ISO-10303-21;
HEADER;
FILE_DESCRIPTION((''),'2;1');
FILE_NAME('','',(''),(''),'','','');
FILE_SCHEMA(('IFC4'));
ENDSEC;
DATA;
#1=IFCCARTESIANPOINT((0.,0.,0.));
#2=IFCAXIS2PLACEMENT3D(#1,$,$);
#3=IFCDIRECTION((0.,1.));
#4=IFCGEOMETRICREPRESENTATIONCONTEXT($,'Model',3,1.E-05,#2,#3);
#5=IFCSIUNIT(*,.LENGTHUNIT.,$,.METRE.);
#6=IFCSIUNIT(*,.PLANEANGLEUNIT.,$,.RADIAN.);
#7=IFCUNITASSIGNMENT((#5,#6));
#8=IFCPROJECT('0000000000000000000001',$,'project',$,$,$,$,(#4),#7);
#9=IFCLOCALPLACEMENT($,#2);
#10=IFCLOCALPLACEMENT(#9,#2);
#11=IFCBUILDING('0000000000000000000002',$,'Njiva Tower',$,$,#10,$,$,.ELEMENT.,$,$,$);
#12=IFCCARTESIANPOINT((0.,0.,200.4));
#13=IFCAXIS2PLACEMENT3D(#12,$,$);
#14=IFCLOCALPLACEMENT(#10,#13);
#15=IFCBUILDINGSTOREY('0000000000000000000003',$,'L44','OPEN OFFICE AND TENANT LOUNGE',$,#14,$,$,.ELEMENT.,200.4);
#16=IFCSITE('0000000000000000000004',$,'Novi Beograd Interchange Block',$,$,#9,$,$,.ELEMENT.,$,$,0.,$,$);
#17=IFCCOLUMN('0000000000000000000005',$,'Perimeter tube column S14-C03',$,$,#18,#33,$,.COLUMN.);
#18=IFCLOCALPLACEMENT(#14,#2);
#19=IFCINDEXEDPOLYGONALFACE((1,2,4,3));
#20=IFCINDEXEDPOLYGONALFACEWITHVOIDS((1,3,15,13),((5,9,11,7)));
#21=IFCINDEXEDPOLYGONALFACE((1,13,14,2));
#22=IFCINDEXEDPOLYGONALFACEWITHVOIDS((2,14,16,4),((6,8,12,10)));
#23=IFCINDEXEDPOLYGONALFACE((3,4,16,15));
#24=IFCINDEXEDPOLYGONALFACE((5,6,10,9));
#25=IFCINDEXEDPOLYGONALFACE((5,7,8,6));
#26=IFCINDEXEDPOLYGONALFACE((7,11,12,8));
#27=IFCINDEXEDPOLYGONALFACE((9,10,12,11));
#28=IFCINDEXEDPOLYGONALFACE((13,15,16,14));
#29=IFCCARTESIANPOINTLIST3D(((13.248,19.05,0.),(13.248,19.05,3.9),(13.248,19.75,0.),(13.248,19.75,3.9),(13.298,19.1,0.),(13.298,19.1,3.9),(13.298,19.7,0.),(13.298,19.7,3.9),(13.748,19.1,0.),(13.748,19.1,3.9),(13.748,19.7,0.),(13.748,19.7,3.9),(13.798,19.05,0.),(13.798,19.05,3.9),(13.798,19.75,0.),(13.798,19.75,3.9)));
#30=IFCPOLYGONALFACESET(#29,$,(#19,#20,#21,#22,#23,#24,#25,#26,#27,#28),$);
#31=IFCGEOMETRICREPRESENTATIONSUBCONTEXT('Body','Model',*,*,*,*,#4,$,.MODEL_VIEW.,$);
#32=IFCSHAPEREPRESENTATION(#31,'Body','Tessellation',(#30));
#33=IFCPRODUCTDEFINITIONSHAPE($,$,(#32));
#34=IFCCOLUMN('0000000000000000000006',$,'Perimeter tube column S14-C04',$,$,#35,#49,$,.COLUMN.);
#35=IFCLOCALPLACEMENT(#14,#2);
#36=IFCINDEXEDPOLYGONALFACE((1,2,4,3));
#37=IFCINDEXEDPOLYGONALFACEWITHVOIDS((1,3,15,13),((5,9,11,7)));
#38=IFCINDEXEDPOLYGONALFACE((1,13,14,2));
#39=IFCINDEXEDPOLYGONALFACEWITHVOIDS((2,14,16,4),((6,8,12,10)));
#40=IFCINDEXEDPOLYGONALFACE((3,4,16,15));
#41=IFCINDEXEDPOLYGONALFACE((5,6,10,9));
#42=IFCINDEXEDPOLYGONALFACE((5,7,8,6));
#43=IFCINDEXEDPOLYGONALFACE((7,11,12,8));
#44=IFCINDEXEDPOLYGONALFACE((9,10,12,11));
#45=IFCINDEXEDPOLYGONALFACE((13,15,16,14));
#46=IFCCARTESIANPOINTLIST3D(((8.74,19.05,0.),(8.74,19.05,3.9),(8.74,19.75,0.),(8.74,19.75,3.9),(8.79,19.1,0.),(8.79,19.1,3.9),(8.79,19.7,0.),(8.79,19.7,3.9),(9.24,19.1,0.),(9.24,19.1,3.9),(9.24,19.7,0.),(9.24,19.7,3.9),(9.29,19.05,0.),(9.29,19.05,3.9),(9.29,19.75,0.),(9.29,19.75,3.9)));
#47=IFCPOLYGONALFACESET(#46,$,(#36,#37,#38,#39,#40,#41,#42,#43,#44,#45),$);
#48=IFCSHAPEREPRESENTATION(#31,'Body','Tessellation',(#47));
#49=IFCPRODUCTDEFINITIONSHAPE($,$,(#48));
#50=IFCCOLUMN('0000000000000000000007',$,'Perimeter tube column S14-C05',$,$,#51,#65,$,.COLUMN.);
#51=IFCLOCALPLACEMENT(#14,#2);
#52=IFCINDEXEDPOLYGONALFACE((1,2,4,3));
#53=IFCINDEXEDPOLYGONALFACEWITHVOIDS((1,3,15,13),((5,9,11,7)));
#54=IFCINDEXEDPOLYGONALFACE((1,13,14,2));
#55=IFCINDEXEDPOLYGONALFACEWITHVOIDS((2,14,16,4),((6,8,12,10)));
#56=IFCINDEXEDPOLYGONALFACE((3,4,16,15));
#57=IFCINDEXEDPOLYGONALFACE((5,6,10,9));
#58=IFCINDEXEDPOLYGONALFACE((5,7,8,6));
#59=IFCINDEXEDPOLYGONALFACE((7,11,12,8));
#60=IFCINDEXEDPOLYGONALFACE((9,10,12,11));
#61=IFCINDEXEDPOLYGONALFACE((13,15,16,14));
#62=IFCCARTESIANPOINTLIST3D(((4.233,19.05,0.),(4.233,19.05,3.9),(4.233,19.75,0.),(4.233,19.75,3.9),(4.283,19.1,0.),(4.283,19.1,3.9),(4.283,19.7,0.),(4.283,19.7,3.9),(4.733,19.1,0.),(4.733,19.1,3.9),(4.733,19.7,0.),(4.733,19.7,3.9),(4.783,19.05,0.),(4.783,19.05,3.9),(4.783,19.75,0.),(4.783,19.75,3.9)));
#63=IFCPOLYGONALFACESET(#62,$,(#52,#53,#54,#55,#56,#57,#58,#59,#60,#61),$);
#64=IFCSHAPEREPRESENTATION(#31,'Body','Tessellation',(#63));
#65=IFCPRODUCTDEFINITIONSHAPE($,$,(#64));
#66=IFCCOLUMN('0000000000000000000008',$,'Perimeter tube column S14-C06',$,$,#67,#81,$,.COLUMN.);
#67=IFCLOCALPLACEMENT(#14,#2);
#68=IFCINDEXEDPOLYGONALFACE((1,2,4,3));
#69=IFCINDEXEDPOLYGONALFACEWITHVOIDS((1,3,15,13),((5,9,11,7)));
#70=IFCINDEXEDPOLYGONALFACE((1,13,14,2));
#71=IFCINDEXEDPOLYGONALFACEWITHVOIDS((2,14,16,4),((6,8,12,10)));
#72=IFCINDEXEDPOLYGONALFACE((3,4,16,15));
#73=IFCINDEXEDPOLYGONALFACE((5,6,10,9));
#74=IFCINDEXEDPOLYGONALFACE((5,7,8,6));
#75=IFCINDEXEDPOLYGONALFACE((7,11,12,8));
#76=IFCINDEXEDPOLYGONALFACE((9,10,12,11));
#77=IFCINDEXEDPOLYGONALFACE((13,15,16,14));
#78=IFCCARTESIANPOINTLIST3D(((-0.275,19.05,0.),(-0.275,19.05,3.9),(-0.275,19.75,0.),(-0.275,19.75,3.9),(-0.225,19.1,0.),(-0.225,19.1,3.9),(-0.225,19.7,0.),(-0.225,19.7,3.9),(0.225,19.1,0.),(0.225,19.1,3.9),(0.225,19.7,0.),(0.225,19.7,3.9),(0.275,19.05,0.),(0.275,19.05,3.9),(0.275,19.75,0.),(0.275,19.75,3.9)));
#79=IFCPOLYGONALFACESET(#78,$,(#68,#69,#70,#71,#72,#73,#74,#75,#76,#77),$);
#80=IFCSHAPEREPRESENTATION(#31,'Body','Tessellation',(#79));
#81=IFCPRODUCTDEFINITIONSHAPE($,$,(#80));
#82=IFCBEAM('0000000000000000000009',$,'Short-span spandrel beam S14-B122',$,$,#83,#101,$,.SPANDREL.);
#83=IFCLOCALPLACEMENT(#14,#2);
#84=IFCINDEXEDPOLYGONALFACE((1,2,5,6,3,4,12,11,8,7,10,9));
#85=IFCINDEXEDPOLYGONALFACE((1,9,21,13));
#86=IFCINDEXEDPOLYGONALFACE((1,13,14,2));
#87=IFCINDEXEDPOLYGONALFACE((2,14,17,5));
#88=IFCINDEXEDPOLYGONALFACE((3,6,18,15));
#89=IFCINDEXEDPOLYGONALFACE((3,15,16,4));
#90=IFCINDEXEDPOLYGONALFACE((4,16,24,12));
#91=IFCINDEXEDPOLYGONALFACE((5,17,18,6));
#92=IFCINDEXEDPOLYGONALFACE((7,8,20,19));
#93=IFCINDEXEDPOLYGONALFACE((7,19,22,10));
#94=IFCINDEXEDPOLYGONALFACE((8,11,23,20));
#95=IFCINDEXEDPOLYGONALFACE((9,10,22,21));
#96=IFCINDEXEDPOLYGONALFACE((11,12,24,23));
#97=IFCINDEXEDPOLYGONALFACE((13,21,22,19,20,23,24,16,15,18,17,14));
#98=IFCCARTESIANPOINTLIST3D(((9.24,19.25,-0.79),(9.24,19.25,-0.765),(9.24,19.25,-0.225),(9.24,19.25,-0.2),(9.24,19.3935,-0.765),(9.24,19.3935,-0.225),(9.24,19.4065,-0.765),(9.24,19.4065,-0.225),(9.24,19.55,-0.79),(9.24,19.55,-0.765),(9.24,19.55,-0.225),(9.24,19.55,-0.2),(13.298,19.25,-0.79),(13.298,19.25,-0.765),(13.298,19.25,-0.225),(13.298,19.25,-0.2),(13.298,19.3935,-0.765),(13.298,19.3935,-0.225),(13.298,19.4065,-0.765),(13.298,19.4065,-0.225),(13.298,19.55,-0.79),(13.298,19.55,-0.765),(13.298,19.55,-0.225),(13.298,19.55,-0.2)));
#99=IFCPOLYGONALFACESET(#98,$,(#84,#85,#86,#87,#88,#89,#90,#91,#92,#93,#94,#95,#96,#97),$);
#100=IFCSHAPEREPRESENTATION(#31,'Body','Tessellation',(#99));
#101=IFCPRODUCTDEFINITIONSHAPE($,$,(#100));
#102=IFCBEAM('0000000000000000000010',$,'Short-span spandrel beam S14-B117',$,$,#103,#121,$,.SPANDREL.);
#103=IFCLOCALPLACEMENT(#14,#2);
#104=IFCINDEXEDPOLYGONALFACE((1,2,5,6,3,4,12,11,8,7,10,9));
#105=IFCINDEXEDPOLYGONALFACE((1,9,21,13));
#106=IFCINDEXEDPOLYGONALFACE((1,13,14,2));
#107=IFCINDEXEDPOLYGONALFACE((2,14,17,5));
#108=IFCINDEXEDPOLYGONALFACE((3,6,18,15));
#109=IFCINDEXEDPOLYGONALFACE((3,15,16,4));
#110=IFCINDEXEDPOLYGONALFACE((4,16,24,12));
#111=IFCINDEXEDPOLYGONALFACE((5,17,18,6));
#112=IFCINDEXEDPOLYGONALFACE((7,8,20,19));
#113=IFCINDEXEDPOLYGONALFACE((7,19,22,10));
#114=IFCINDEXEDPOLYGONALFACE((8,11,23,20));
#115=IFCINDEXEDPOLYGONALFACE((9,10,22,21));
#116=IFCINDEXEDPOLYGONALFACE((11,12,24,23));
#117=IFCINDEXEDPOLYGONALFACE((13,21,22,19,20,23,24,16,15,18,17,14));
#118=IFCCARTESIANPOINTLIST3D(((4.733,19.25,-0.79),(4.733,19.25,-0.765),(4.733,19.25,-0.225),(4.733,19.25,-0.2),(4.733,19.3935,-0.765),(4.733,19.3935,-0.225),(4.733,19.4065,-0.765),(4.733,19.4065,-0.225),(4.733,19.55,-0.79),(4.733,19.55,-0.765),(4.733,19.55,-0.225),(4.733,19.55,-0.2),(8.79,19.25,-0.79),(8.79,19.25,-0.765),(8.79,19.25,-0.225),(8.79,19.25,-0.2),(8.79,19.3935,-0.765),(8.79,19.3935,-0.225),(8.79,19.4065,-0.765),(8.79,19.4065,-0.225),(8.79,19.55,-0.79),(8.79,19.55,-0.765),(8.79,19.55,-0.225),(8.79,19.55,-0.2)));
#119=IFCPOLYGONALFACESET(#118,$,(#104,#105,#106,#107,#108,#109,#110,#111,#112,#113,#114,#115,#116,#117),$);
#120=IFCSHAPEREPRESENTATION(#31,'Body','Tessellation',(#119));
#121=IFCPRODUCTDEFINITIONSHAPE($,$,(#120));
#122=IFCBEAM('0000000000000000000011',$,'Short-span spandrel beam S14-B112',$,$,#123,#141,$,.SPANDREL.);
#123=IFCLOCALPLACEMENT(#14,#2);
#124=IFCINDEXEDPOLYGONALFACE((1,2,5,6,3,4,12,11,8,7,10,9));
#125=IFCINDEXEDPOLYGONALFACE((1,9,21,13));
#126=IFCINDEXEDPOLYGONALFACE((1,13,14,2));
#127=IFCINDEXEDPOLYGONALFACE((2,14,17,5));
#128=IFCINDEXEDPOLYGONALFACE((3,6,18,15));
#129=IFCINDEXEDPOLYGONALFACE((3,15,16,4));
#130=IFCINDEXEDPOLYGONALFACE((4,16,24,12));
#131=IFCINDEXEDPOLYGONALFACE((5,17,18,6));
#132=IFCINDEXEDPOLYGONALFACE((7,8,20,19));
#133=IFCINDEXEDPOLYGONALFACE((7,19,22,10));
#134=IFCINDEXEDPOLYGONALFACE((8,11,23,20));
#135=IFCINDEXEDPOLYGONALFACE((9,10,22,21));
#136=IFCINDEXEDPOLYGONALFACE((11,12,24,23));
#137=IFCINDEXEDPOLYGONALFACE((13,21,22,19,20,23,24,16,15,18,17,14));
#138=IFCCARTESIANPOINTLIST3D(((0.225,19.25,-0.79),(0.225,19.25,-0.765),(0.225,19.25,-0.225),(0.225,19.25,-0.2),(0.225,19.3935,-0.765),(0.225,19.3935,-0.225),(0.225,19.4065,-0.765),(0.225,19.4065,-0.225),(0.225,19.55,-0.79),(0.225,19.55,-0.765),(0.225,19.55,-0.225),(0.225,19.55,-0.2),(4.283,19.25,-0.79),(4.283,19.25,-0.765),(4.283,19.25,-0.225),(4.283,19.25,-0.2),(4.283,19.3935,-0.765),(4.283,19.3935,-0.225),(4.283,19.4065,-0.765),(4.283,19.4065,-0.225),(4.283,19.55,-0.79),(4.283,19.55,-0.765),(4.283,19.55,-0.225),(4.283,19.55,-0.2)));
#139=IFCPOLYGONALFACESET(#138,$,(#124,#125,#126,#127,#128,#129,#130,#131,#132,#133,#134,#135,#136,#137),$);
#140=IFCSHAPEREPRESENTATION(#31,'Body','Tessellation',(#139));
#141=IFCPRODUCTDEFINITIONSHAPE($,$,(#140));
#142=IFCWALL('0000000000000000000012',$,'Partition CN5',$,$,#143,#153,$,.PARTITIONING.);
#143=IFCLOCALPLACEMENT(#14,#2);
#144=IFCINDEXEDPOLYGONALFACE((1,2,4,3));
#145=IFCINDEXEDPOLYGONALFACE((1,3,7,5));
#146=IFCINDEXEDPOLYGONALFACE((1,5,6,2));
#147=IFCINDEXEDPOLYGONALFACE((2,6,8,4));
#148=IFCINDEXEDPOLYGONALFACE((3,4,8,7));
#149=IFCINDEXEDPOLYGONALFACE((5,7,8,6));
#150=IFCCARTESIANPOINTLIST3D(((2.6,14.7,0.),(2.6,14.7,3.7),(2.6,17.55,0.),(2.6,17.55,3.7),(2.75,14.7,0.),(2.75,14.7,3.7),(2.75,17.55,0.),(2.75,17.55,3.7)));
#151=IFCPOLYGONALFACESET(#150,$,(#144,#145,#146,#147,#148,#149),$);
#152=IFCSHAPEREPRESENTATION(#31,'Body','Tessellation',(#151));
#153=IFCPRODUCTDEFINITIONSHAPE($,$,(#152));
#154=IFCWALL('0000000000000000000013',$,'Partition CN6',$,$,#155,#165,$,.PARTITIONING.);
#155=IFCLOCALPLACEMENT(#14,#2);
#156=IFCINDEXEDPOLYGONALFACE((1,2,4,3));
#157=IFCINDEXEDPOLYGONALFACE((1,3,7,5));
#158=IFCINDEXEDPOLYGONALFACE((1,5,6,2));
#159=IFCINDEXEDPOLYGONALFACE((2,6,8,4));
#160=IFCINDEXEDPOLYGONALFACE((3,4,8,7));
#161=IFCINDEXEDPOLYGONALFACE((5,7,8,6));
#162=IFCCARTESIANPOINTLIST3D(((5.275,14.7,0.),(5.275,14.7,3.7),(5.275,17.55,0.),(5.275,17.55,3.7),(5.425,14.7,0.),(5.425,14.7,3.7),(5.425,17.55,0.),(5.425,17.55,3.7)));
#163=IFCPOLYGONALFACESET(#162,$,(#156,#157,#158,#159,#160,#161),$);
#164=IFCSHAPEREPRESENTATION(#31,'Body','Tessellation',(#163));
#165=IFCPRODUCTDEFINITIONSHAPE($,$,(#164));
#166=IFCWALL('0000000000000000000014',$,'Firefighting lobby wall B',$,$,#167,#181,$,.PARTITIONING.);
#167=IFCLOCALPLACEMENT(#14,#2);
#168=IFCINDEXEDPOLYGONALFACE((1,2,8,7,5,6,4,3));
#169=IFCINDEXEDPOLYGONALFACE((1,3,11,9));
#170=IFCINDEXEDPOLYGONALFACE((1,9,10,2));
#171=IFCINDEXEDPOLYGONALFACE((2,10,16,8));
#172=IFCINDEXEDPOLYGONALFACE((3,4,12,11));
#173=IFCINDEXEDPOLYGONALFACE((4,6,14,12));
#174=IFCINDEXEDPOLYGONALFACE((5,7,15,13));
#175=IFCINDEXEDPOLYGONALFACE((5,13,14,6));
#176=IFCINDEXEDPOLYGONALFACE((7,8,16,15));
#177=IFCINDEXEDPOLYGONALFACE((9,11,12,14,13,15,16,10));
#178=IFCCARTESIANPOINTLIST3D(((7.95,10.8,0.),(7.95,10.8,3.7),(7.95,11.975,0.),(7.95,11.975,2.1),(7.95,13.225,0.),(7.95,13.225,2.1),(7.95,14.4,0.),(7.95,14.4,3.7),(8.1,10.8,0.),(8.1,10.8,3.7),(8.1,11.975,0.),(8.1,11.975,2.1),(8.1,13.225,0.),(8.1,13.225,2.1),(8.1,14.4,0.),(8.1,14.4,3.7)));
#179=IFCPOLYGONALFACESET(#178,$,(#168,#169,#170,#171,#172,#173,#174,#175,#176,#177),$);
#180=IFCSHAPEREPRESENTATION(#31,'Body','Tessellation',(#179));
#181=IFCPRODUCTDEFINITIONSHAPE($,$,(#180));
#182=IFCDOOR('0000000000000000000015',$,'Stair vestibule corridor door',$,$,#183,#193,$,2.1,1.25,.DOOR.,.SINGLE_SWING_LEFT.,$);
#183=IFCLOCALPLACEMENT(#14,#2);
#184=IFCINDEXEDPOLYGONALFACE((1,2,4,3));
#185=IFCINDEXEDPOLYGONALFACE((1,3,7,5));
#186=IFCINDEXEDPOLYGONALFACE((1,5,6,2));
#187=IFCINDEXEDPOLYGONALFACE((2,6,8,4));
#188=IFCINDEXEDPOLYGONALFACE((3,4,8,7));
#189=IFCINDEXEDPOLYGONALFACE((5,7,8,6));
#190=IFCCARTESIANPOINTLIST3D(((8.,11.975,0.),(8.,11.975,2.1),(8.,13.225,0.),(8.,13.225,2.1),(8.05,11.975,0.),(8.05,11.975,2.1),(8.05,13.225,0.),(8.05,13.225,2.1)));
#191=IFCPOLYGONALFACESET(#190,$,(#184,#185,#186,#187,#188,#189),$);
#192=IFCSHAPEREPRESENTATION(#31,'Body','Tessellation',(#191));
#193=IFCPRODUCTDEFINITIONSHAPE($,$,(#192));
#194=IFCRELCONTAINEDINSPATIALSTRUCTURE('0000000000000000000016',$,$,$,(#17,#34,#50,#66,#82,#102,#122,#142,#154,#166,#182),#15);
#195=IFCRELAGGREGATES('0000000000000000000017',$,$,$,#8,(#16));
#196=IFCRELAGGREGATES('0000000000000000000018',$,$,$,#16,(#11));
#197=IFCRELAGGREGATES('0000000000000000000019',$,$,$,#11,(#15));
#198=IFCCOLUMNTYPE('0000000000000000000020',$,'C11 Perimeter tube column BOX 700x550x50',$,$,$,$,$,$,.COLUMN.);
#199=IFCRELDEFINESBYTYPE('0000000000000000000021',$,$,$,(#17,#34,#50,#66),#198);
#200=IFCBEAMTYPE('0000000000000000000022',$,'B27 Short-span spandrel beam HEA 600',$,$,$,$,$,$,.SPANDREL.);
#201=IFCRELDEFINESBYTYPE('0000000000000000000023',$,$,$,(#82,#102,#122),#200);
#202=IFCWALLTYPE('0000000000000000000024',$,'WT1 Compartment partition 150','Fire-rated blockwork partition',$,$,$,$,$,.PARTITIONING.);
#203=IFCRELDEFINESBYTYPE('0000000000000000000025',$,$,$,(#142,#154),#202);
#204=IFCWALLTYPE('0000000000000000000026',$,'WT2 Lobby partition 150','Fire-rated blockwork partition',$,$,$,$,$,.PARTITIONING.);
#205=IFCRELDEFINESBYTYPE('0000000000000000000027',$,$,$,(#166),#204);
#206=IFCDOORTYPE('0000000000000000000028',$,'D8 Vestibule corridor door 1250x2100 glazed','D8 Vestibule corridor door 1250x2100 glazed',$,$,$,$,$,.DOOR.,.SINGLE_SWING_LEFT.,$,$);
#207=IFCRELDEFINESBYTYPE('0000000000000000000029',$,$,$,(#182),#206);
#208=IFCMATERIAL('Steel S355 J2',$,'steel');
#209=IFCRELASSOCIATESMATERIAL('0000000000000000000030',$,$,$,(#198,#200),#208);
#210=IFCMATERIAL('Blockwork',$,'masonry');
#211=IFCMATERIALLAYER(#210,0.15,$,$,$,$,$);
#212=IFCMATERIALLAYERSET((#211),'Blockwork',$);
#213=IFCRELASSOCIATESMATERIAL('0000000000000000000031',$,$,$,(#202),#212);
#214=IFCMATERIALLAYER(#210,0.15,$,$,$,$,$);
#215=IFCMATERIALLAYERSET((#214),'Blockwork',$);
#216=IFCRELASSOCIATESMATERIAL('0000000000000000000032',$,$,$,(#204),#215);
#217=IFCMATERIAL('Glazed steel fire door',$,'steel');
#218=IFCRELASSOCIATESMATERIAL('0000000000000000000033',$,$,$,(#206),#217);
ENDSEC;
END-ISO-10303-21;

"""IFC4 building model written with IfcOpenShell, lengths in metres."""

from ifc_helpers import new_model, si_unit, direction, frame, frame_2d, origin, origin_2d, place, context, subcontext, project, spatial, rectangle, hollow_rectangle, i_section, extrude, material, layer, layer_set, material_profile, profile_set, type_object, element, fill, save


model = new_model("IFC4")

# Units and contexts
model_context = context("Model", 3, precision=1e-05, world=origin(), true_north=direction((0.0, 1.0)))
body_context = subcontext(model_context, "Body", "Model", "MODEL_VIEW")
ifc_project = project(units=[si_unit("LENGTHUNIT", "METRE"), si_unit("PLANEANGLEUNIT", "RADIAN")], contexts=[model_context])

# Site, building, storey
site_placement = place(None, origin())
site = spatial("IfcSite", under=ifc_project, at=site_placement, Name="Novi Beograd Interchange Block", CompositionType="ELEMENT", RefElevation=0.0)
building_placement = place(site_placement, origin())
building = spatial("IfcBuilding", under=site, at=building_placement, Name="Njiva Tower", CompositionType="ELEMENT")
storey_placement = place(building_placement, frame((0.0, 0.0, 200.4)))
storey = spatial("IfcBuildingStorey", under=building, at=storey_placement, Name="L44", Description="OPEN OFFICE AND TENANT LOUNGE", CompositionType="ELEMENT", Elevation=200.4)

# Columns
ifc_material_1 = material(Name="Steel S355 J2", Category="steel")
ifc_material_profile_1 = material_profile(ifc_material_1, hollow_rectangle(XDim=0.55, YDim=0.7, WallThickness=0.05, at=origin_2d()), Name="BOX 700x550x50")
ifc_profile_set_1 = profile_set([ifc_material_profile_1], Name="Steel S355 J2")
column_type = type_object("IfcColumnType", Name="C11 Perimeter tube column BOX 700x550x50", PredefinedType="COLUMN", material=ifc_profile_set_1)
for number, where, z_axis, x_axis, name in (
    (1, (13.523, 19.4, 0.0), (0.0, 0.0, 1.0), (-1.0, 0.0, 0.0), "Perimeter tube column S14-C03"),
    (2, (9.015, 19.4, 0.0), (0.0, 0.0, 1.0), (-1.0, 0.0, 0.0), "Perimeter tube column S14-C04"),
    (3, (4.508, 19.4, 0.0), (0.0, 0.0, 1.0), (-1.0, 0.0, 0.0), "Perimeter tube column S14-C05"),
    (4, (0.0, 19.4, 0.0), (0.0, 0.0, 1.0), (-1.0, 0.0, 0.0), "Perimeter tube column S14-C06"),
):
    element("IfcColumn", number, at=place(storey_placement, frame(where, z_axis=z_axis, x_axis=x_axis)), inside=storey, type_object=column_type, Name=name, PredefinedType="COLUMN", context=body_context, shape_type="SweptSolid", body=[
        extrude(hollow_rectangle(XDim=0.55, YDim=0.7, WallThickness=0.05, at=origin_2d()), origin(), (0.0, 0.0, 1.0), 3.9),
    ])

# Beams
ifc_material_profile_2 = material_profile(ifc_material_1, i_section(OverallWidth=0.3, OverallDepth=0.59, WebThickness=0.013, FlangeThickness=0.025, at=origin_2d()), Name="HEA 600")
ifc_profile_set_2 = profile_set([ifc_material_profile_2], Name="Steel S355 J2")
beam_type = type_object("IfcBeamType", Name="B27 Short-span spandrel beam HEA 600", PredefinedType="SPANDREL", material=ifc_profile_set_2)
beam_1_placement = place(storey_placement, frame((13.298, 19.4, -0.495), z_axis=(-1.0, 0.0, 0.0), x_axis=(0.0, -1.0, 0.0)))
element("IfcBeam", 5, at=beam_1_placement, inside=storey, type_object=beam_type, Name="Short-span spandrel beam S14-B122", PredefinedType="SPANDREL", context=body_context, shape_type="SweptSolid", body=[
    extrude(i_section(OverallWidth=0.3, OverallDepth=0.59, WebThickness=0.013, FlangeThickness=0.025, at=origin_2d()), origin(), (0.0, 0.0, 1.0), 4.058),
])
beam_2_placement = place(storey_placement, frame((8.79, 19.4, -0.495), z_axis=(-1.0, 0.0, 0.0), x_axis=(0.0, -1.0, 0.0)))
element("IfcBeam", 6, at=beam_2_placement, inside=storey, type_object=beam_type, Name="Short-span spandrel beam S14-B117", PredefinedType="SPANDREL", context=body_context, shape_type="SweptSolid", body=[
    extrude(i_section(OverallWidth=0.3, OverallDepth=0.59, WebThickness=0.013, FlangeThickness=0.025, at=origin_2d()), origin(), (0.0, 0.0, 1.0), 4.057),
])
beam_3_placement = place(storey_placement, frame((4.283, 19.4, -0.495), z_axis=(-1.0, 0.0, 0.0), x_axis=(0.0, -1.0, 0.0)))
element("IfcBeam", 7, at=beam_3_placement, inside=storey, type_object=beam_type, Name="Short-span spandrel beam S14-B112", PredefinedType="SPANDREL", context=body_context, shape_type="SweptSolid", body=[
    extrude(i_section(OverallWidth=0.3, OverallDepth=0.59, WebThickness=0.013, FlangeThickness=0.025, at=origin_2d()), origin(), (0.0, 0.0, 1.0), 4.058),
])

# Walls
ifc_material_2 = material(Name="Blockwork", Category="masonry")
ifc_layer_1 = layer(ifc_material_2, 0.15)
ifc_layer_set_1 = layer_set([ifc_layer_1], Name="Blockwork")
wall_type_1 = type_object("IfcWallType", Name="WT1 Compartment partition 150", Description="Fire-rated blockwork partition", PredefinedType="PARTITIONING", material=ifc_layer_set_1)
for number, where, z_axis, x_axis, name in (
    (8, (2.675, 14.7, 0.0), (0.0, 0.0, 1.0), (0.0, 1.0, 0.0), "Partition CN5"),
    (9, (5.35, 14.7, 0.0), (0.0, 0.0, 1.0), (0.0, 1.0, 0.0), "Partition CN6"),
):
    element("IfcWall", number, at=place(storey_placement, frame(where, z_axis=z_axis, x_axis=x_axis)), inside=storey, type_object=wall_type_1, Name=name, PredefinedType="PARTITIONING", context=body_context, shape_type="SweptSolid", body=[
        extrude(rectangle(XDim=2.85, YDim=0.15, at=frame_2d((1.425, 0.0))), origin(), (0.0, 0.0, 1.0), 3.7),
    ])

# Wall, opening, door
ifc_layer_2 = layer(ifc_material_2, 0.15)
ifc_layer_set_2 = layer_set([ifc_layer_2], Name="Blockwork")
wall_type_2 = type_object("IfcWallType", Name="WT2 Lobby partition 150", Description="Fire-rated blockwork partition", PredefinedType="PARTITIONING", material=ifc_layer_set_2)
wall_placement = place(storey_placement, frame((8.025, 10.8, 0.0), z_axis=(0.0, 0.0, 1.0), x_axis=(0.0, 1.0, 0.0)))
wall = element("IfcWall", 10, at=wall_placement, inside=storey, type_object=wall_type_2, Name="Firefighting lobby wall B", PredefinedType="PARTITIONING", context=body_context, shape_type="SweptSolid", body=[
    extrude(rectangle(XDim=3.6, YDim=0.15, at=frame_2d((1.8, 0.0))), origin(), (0.0, 0.0, 1.0), 3.7),
])
opening_placement = place(wall_placement, frame((1.175, 0.0, 0.0)))
opening = element("IfcOpeningElement", 11, at=opening_placement, cuts=wall, PredefinedType="OPENING", context=body_context, shape_type="SweptSolid", body=[
    extrude(rectangle(XDim=1.25, YDim=2.1, at=frame_2d((0.625, 1.05))), frame((0.0, 0.085, 0.0), z_axis=(0.0, -1.0, 0.0), x_axis=(1.0, 0.0, 0.0)), (0.0, 0.0, 1.0), 0.17),
])
ifc_material_3 = material(Name="Glazed steel fire door", Category="steel")
door_type = type_object("IfcDoorType", Name="D8 Vestibule corridor door 1250x2100 glazed", Description="D8 Vestibule corridor door 1250x2100 glazed", OperationType="SINGLE_SWING_LEFT", PredefinedType="DOOR", material=ifc_material_3)
door_placement = place(opening_placement, origin())
door = element("IfcDoor", 12, at=door_placement, inside=storey, type_object=door_type, Name="Stair vestibule corridor door", OperationType="SINGLE_SWING_LEFT", OverallHeight=2.1, OverallWidth=1.25, PredefinedType="DOOR", context=body_context, shape_type="SweptSolid", body=[
    extrude(rectangle(XDim=1.25, YDim=2.1, at=frame_2d((0.625, 1.05))), frame((0.0, 0.025, 0.0), z_axis=(0.0, -1.0, 0.0), x_axis=(1.0, 0.0, 0.0)), (0.0, 0.0, 1.0), 0.05),
])
fill(opening, door)

save(model, "model.ifc")
